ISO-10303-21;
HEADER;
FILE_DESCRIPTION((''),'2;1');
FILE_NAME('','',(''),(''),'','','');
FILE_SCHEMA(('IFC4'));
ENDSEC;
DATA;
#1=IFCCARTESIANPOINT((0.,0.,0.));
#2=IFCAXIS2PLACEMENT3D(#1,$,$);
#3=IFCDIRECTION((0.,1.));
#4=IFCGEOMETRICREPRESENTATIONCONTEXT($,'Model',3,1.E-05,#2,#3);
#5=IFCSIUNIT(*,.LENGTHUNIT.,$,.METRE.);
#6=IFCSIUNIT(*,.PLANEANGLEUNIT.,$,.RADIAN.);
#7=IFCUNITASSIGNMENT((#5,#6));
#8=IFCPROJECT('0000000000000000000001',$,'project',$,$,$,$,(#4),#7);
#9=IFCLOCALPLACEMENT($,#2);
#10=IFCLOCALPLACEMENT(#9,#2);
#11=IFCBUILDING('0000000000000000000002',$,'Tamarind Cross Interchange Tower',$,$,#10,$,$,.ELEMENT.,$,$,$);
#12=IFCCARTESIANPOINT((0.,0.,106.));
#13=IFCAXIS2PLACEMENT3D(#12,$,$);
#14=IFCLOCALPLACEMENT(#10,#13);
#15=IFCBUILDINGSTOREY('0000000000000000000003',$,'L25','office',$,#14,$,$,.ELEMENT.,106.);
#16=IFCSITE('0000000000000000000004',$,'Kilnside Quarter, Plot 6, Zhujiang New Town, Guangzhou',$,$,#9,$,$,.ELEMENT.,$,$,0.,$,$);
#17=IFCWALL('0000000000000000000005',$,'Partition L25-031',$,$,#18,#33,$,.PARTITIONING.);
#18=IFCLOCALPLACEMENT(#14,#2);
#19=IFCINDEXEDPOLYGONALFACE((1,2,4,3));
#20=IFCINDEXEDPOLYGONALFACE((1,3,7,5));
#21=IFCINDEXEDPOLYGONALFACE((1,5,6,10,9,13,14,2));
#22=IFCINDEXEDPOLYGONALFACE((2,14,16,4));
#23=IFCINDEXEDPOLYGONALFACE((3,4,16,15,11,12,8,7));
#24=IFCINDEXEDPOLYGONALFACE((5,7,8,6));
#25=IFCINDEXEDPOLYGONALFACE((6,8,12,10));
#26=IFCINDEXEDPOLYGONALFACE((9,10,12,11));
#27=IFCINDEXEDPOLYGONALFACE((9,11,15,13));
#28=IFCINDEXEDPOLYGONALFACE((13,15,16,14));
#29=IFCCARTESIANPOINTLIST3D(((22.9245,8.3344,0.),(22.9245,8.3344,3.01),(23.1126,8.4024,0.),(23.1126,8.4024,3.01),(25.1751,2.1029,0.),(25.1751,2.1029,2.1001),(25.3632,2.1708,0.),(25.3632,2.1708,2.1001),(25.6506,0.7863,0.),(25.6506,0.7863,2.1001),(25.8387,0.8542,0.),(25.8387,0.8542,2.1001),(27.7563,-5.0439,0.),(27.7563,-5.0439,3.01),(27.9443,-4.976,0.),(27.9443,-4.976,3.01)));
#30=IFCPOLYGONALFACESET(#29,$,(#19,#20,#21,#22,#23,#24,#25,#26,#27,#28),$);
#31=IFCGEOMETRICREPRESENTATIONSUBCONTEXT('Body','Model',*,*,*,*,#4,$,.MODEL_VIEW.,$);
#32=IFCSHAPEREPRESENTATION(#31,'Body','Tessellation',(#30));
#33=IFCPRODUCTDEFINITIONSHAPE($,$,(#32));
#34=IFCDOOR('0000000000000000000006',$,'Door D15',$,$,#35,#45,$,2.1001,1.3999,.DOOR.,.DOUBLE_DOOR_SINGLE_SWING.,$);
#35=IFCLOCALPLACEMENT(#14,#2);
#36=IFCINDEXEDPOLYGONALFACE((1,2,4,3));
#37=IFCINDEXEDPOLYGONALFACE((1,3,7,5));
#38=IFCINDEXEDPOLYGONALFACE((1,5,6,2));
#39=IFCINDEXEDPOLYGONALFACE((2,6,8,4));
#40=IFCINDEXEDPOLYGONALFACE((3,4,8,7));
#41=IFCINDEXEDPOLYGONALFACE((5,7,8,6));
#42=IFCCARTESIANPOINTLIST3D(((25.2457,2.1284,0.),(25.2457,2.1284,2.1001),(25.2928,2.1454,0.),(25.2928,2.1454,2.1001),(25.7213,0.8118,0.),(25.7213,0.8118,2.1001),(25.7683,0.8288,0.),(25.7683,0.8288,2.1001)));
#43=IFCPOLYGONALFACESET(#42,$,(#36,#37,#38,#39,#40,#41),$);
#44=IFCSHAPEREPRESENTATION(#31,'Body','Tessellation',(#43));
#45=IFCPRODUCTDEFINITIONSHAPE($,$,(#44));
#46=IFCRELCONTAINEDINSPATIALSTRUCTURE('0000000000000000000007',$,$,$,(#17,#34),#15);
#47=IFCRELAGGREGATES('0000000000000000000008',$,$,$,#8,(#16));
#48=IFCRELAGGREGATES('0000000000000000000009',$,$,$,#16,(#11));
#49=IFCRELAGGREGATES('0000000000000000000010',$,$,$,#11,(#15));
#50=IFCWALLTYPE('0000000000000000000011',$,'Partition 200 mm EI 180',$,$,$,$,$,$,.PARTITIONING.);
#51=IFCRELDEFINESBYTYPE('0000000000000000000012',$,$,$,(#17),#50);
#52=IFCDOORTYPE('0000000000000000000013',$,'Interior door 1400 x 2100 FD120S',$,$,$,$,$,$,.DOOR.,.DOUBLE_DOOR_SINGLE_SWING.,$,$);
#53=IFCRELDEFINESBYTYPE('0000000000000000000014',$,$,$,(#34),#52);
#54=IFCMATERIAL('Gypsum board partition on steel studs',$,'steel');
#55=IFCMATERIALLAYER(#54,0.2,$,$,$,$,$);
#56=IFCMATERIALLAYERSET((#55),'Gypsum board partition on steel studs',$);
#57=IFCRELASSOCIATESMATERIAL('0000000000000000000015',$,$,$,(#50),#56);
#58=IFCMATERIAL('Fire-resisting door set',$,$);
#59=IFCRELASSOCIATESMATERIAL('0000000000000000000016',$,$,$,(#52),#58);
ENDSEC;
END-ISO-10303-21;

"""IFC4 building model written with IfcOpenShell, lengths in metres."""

from ifc_helpers import new_model, si_unit, direction, frame, frame_2d, origin, place, context, subcontext, project, spatial, rectangle, extrude, material, layer, layer_set, type_object, element, fill, save


model = new_model("IFC4")

# Units and contexts
model_context = context("Model", 3, precision=1e-05, world=origin(), true_north=direction((0.0, 1.0)))
body_context = subcontext(model_context, "Body", "Model", "MODEL_VIEW")
ifc_project = project(units=[si_unit("LENGTHUNIT", "METRE"), si_unit("PLANEANGLEUNIT", "RADIAN")], contexts=[model_context])

# Site, building, storey
site_placement = place(None, origin())
site = spatial("IfcSite", under=ifc_project, at=site_placement, Name="Kilnside Quarter, Plot 6, Zhujiang New Town, Guangzhou", CompositionType="ELEMENT", RefElevation=0.0)
building_placement = place(site_placement, origin())
building = spatial("IfcBuilding", under=site, at=building_placement, Name="Tamarind Cross Interchange Tower", CompositionType="ELEMENT")
storey_placement = place(building_placement, frame((0.0, 0.0, 106.0)))
storey = spatial("IfcBuildingStorey", under=building, at=storey_placement, Name="L25", Description="office", CompositionType="ELEMENT", Elevation=106.0)

# Shared definitions
ifc_material_1 = material(Name="Gypsum board partition on steel studs", Category="steel")

# Shared definitions
ifc_material_2 = material(Name="Fire-resisting door set")

# Wall, opening, door
ifc_layer_1 = layer(ifc_material_1, 0.2)
ifc_layer_set_1 = layer_set([ifc_layer_1], Name="Gypsum board partition on steel studs")
wall_type_1 = type_object("IfcWallType", Name="Partition 200 mm EI 180", PredefinedType="PARTITIONING", material=ifc_layer_set_1)
wall_1_placement = place(storey_placement, frame((23.0186, 8.3684, 0.0), z_axis=(0.0, 0.0, 1.0), x_axis=(0.339687, -0.940538, 0.0)))
wall_1 = element("IfcWall", 1, at=wall_1_placement, inside=storey, type_object=wall_type_1, Name="Partition L25-031", PredefinedType="PARTITIONING", context=body_context, shape_type="SweptSolid", body=[
    extrude(rectangle(XDim=14.2241, YDim=0.2, at=frame_2d((7.1121, 0.0))), origin(), (0.0, 0.0, 1.0), 3.01),
])
opening_1_placement = place(wall_1_placement, frame((6.6255, 0.0, 0.0)))
opening_1 = element("IfcOpeningElement", 2, at=opening_1_placement, cuts=wall_1, PredefinedType="OPENING", context=body_context, shape_type="SweptSolid", body=[
    extrude(rectangle(XDim=1.3999, YDim=2.1001, at=frame_2d((0.7, 1.05))), frame((0.0, 0.1099, 0.0), z_axis=(0.0, -1.0, 0.0), x_axis=(1.0, 0.0, 0.0)), (0.0, 0.0, 1.0), 0.22),
])
door_type_1 = type_object("IfcDoorType", Name="Interior door 1400 x 2100 FD120S", OperationType="DOUBLE_DOOR_SINGLE_SWING", PredefinedType="DOOR", material=ifc_material_2)
door_1_placement = place(opening_1_placement, frame((1.3999, 0.0, 0.0), z_axis=(0.0, 0.0, 1.0), x_axis=(-1.0, 0.0, 0.0)))
door_1 = element("IfcDoor", 3, at=door_1_placement, inside=storey, type_object=door_type_1, Name="Door D15", OperationType="DOUBLE_DOOR_SINGLE_SWING", OverallHeight=2.1001, OverallWidth=1.3999, PredefinedType="DOOR", context=body_context, shape_type="SweptSolid", body=[
    extrude(rectangle(XDim=1.3999, YDim=2.1001, at=frame_2d((0.7, 1.05))), frame((0.0, 0.0249, 0.0), z_axis=(0.0, -1.0, 0.0), x_axis=(1.0, 0.0, 0.0)), (0.0, 0.0, 1.0), 0.05),
])
fill(opening_1, door_1)

save(model, "model.ifc")
